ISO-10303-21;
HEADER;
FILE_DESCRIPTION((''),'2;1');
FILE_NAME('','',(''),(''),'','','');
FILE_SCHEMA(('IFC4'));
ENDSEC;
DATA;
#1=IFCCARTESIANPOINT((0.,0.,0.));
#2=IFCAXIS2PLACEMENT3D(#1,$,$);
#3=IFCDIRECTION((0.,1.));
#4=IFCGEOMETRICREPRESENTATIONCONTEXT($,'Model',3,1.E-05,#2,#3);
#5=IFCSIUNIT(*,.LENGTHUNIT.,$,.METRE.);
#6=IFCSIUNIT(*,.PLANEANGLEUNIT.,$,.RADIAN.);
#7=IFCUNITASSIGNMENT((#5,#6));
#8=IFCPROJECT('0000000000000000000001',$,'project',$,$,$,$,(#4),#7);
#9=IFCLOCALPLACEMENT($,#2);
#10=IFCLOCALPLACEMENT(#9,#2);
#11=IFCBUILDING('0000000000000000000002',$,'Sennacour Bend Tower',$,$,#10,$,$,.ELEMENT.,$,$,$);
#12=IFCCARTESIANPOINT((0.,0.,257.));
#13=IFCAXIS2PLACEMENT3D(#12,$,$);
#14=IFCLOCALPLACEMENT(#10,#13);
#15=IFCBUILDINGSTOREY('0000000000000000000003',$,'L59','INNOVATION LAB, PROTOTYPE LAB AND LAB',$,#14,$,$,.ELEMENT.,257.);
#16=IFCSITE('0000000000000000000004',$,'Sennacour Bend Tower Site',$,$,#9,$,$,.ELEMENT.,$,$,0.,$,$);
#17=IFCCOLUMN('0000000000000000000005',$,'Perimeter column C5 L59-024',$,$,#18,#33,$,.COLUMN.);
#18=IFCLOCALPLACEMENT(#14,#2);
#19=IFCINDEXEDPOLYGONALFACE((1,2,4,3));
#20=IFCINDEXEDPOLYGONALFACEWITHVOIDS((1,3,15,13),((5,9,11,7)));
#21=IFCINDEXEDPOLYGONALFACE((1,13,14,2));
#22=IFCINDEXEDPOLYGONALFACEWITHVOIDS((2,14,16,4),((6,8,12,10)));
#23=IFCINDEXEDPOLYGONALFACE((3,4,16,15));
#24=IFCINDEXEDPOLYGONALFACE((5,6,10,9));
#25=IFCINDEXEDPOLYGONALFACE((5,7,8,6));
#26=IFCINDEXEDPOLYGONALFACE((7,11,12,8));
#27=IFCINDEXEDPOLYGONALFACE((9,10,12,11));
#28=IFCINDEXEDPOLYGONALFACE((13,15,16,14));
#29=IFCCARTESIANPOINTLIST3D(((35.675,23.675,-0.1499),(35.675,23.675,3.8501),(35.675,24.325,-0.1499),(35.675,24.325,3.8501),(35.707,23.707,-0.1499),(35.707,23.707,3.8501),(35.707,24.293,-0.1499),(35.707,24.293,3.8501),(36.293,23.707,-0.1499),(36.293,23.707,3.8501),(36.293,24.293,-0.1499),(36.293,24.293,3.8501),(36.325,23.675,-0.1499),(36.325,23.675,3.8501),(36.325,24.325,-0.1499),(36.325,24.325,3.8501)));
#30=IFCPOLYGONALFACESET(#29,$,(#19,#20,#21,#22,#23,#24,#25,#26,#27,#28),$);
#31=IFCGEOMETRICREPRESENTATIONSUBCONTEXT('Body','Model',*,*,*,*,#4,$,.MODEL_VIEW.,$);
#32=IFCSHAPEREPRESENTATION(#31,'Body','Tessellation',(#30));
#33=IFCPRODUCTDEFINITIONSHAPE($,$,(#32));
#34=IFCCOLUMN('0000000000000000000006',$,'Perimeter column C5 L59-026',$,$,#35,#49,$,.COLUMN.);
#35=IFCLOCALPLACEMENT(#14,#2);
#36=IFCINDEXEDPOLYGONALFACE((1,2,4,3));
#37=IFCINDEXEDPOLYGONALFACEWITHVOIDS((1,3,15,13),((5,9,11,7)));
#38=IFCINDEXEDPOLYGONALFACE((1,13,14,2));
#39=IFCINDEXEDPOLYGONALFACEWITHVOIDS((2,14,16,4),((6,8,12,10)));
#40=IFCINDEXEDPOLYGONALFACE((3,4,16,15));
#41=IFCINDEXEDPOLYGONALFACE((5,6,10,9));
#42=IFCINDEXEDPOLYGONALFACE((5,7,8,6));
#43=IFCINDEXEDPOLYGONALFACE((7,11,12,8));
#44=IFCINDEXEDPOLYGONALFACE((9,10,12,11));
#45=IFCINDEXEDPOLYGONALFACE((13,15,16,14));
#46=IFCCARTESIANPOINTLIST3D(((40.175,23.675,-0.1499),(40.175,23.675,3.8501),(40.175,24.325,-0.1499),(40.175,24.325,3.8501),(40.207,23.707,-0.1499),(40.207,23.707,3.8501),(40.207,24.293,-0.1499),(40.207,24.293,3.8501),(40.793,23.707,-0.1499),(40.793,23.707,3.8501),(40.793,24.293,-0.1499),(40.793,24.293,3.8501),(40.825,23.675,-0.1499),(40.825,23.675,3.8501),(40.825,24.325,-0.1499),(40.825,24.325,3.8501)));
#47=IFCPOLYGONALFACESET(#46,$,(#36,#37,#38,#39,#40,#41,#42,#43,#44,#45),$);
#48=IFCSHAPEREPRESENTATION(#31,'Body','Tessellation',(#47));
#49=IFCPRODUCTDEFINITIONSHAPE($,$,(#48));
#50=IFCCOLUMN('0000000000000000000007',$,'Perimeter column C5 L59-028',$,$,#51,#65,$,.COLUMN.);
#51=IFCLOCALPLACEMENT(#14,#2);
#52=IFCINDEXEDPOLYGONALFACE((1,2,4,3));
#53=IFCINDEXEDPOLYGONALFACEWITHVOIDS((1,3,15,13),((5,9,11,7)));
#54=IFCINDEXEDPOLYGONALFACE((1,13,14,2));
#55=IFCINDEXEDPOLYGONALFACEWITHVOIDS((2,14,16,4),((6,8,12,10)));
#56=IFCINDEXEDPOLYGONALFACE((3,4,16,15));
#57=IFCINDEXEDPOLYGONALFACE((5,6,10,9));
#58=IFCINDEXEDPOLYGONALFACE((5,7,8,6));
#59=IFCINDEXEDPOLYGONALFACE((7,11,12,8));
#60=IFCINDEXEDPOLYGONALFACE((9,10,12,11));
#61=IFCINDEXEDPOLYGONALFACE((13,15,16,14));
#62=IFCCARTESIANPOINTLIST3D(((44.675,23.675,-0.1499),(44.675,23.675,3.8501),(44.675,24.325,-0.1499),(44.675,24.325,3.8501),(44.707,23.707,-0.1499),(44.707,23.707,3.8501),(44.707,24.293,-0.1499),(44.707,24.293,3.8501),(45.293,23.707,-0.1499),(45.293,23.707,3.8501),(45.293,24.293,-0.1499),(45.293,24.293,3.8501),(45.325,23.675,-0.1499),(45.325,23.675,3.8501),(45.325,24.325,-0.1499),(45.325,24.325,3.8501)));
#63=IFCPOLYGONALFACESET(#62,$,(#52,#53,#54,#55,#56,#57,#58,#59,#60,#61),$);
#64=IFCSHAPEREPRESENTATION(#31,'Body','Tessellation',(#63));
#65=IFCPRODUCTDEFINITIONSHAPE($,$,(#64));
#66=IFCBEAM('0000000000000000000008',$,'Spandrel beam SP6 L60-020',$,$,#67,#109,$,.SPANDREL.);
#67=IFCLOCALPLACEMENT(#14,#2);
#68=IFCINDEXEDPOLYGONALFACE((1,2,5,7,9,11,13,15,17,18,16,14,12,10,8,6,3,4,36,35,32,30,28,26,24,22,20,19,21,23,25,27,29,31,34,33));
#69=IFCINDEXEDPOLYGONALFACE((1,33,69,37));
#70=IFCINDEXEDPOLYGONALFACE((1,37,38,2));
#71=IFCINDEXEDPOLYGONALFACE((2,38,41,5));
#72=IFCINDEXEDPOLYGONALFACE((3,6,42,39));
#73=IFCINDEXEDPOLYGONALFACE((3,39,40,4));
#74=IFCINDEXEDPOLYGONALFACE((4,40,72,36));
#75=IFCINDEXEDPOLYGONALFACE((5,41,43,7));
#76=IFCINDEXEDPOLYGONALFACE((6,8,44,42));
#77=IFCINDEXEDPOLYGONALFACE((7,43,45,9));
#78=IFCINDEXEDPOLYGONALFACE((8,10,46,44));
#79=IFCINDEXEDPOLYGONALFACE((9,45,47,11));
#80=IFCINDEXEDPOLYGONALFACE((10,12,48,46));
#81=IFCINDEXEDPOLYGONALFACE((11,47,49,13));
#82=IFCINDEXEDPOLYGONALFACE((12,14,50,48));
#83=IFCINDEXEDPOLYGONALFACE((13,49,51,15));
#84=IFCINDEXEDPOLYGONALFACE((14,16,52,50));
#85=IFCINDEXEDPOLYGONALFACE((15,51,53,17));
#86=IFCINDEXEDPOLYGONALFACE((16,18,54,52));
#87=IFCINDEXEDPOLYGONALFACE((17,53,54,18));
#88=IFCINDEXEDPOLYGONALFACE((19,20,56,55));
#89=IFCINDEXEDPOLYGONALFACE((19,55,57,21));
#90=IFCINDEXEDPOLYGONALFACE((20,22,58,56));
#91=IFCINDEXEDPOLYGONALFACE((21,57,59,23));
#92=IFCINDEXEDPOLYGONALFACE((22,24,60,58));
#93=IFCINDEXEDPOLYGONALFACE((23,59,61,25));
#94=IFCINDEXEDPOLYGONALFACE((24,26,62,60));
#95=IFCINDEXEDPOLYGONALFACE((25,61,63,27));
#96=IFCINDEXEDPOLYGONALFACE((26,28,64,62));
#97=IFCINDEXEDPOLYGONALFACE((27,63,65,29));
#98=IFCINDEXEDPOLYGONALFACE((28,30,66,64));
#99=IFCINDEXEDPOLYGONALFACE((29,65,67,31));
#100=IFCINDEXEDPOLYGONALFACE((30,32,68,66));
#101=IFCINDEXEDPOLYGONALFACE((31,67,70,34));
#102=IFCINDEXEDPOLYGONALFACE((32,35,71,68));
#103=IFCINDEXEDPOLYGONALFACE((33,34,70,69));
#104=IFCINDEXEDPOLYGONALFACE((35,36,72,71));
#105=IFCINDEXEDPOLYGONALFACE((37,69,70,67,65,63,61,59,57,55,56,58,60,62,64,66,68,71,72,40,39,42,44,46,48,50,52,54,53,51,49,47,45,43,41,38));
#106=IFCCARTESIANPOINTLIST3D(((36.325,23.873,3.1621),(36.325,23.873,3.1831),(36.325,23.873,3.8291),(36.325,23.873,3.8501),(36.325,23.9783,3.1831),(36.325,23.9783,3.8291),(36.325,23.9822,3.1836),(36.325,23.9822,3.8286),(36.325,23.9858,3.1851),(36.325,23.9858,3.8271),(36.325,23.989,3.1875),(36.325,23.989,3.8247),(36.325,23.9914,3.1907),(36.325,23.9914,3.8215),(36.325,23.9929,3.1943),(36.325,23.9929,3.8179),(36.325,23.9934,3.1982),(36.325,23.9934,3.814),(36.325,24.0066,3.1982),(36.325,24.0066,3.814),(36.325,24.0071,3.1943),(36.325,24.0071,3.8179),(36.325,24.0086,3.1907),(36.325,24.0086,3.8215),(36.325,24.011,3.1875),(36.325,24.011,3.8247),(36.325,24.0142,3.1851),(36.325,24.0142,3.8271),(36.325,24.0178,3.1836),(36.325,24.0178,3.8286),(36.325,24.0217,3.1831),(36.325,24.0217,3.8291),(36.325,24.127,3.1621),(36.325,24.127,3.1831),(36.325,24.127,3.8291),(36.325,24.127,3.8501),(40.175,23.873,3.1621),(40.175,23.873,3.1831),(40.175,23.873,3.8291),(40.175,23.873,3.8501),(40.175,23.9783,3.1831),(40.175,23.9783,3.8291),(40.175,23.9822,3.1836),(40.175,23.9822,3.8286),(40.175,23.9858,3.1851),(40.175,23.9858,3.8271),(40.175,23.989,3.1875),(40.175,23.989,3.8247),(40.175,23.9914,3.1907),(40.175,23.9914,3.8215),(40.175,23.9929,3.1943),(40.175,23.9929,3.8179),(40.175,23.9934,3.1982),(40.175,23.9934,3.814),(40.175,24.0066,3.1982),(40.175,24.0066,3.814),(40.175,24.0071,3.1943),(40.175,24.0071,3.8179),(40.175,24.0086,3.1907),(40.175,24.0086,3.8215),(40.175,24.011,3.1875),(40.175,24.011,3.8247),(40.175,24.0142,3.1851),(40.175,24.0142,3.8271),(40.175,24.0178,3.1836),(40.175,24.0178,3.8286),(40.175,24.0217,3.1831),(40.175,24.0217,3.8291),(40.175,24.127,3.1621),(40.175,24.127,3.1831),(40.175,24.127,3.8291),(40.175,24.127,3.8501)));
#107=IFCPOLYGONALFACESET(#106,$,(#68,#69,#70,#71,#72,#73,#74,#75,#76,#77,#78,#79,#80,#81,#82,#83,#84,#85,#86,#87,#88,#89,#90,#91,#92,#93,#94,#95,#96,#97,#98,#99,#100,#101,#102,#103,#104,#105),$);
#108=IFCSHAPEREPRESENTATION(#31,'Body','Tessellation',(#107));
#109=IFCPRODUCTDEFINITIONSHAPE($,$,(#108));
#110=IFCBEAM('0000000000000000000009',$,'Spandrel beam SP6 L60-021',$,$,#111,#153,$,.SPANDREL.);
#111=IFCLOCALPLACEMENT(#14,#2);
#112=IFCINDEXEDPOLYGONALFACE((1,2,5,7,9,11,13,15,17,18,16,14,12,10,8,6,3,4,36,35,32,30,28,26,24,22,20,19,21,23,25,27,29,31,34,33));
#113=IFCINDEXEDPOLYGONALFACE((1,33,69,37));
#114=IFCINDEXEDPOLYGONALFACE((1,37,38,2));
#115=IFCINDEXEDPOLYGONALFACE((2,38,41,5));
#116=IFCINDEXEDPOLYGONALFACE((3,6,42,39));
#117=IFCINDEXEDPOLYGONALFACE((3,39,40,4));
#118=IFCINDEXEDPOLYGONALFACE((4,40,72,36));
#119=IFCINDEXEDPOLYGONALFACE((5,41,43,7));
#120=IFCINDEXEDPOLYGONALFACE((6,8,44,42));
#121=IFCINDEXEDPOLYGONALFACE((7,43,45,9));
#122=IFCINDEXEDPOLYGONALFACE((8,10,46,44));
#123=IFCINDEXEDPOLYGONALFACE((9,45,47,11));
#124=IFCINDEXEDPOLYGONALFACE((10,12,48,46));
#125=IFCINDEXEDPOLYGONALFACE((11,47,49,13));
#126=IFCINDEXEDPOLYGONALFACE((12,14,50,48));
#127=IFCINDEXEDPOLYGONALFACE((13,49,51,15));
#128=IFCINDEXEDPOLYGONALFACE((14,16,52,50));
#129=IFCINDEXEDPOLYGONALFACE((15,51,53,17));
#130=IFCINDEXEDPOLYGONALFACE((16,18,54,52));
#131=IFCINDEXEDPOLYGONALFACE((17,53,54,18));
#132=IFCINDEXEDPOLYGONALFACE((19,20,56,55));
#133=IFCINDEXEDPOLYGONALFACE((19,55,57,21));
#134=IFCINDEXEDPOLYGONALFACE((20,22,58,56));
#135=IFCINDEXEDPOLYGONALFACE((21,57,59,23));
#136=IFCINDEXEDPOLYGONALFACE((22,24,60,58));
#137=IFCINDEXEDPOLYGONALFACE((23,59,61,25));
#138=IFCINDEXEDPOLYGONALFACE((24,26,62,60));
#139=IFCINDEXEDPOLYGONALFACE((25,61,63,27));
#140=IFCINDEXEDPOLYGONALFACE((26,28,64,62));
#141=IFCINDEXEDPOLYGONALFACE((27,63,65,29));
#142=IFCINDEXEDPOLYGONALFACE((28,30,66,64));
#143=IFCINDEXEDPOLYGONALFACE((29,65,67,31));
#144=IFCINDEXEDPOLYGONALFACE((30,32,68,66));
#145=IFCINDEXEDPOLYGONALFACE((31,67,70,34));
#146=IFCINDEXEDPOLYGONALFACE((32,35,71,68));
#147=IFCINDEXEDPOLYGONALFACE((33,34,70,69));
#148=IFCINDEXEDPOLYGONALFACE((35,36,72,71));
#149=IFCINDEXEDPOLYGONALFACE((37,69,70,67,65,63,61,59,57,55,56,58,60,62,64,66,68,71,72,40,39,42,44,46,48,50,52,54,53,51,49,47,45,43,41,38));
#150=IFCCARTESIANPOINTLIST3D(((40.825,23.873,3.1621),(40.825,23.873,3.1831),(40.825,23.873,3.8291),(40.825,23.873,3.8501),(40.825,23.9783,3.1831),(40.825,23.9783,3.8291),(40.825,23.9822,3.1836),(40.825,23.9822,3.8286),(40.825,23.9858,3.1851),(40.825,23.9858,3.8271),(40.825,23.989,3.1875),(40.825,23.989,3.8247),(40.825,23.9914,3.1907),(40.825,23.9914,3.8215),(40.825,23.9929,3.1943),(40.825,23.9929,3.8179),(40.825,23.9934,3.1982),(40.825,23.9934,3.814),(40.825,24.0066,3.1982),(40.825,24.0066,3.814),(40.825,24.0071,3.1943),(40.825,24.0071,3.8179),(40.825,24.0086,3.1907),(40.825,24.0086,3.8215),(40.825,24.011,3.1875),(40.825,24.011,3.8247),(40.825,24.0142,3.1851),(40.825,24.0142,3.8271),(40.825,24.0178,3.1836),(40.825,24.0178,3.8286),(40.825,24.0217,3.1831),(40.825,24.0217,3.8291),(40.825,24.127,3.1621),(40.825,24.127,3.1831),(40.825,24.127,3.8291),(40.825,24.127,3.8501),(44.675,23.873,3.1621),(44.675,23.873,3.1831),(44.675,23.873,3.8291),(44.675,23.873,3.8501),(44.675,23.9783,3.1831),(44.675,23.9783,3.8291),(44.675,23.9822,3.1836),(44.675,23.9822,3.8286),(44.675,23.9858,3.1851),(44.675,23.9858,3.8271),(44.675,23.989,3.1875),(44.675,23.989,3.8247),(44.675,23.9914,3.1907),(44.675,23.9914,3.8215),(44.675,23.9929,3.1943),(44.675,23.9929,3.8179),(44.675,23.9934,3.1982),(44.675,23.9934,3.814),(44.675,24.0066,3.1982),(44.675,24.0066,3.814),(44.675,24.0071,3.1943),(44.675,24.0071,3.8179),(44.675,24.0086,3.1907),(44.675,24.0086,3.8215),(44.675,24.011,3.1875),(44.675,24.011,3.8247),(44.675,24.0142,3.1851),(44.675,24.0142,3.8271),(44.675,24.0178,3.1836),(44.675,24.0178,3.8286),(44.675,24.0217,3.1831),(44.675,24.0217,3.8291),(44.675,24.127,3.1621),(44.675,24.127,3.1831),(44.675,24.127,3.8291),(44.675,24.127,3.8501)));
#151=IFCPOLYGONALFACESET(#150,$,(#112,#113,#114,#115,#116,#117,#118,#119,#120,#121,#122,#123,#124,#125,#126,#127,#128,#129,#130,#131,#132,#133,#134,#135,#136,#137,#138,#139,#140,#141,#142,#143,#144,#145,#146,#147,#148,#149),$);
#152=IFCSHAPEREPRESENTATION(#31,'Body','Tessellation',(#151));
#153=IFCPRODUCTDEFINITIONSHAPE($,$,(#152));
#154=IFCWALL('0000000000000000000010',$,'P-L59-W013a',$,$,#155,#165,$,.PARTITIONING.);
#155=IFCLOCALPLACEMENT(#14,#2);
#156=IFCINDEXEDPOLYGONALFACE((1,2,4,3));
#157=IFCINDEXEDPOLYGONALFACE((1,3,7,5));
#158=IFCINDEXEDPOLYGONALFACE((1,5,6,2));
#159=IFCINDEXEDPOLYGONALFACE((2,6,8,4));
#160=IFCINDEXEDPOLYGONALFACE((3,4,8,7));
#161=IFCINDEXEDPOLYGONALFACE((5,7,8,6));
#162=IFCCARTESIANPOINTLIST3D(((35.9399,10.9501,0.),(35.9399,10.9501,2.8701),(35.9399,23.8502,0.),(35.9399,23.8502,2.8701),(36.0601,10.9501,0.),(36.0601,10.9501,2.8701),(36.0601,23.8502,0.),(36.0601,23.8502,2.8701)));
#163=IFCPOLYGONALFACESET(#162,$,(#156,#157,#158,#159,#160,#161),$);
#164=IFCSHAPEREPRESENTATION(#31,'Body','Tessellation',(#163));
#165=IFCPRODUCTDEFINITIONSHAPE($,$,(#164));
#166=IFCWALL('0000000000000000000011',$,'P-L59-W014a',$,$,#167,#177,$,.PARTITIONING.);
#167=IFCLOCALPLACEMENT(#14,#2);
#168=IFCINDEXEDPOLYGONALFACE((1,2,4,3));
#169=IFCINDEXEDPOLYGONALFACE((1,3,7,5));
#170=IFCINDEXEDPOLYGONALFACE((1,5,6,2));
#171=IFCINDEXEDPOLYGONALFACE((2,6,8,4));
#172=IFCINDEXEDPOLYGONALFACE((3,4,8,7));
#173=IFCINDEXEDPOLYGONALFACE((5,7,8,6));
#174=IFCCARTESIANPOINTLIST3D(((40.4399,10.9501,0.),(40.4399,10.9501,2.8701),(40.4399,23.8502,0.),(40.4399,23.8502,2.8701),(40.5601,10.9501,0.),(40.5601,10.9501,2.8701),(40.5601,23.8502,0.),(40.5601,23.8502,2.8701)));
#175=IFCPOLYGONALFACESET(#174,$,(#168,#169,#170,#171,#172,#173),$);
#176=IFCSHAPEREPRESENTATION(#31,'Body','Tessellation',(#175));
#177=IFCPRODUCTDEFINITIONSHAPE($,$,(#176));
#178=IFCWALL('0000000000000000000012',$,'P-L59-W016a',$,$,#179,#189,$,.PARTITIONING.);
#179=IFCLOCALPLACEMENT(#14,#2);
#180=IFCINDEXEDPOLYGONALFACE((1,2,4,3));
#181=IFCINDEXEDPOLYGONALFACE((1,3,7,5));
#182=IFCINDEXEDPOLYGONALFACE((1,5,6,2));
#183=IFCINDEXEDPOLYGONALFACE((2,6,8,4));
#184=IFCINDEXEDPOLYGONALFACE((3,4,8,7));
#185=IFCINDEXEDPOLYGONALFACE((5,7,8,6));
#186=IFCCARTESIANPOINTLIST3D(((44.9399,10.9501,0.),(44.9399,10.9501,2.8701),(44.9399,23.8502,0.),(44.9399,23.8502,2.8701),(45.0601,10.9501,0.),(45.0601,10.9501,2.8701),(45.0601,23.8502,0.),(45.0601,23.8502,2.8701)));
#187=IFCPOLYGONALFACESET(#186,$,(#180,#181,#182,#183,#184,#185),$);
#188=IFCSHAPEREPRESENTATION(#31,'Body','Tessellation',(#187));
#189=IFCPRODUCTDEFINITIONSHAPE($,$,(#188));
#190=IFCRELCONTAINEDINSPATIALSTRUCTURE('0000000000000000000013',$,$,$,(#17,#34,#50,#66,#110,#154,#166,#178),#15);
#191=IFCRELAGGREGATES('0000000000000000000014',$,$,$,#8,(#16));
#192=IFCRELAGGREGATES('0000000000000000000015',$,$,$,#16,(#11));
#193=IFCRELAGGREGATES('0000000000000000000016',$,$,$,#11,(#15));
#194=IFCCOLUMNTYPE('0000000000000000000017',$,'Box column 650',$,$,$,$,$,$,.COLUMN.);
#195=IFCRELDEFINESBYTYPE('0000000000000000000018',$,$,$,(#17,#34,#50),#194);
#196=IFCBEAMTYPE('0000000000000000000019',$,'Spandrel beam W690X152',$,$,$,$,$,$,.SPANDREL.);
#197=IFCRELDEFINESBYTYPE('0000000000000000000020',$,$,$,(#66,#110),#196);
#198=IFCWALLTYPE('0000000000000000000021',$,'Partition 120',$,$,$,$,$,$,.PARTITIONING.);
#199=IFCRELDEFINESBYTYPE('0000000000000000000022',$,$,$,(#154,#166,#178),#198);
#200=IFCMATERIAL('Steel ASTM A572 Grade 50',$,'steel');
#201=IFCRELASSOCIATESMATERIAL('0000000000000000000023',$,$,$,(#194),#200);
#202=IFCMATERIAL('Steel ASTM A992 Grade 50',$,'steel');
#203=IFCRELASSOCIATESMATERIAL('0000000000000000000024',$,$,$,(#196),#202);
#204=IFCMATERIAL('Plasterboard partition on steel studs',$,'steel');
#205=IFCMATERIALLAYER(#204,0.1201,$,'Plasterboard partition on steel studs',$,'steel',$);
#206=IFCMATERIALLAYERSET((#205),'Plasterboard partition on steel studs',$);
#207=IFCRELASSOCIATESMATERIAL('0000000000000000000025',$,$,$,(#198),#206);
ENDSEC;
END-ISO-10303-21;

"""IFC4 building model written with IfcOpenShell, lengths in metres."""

from ifc_helpers import new_model, si_unit, direction, frame, frame_2d, origin, origin_2d, place, context, subcontext, project, spatial, rectangle, hollow_rectangle, i_section, extrude, material, layer, layer_set, material_profile, profile_set, type_object, element, save


model = new_model("IFC4")

# Units and contexts
model_context = context("Model", 3, precision=1e-05, world=origin(), true_north=direction((0.0, 1.0)))
body_context = subcontext(model_context, "Body", "Model", "MODEL_VIEW")
ifc_project = project(units=[si_unit("LENGTHUNIT", "METRE"), si_unit("PLANEANGLEUNIT", "RADIAN")], contexts=[model_context])

# Site, building, storey
site_placement = place(None, origin())
site = spatial("IfcSite", under=ifc_project, at=site_placement, Name="Sennacour Bend Tower Site", CompositionType="ELEMENT", RefElevation=0.0)
building_placement = place(site_placement, origin())
building = spatial("IfcBuilding", under=site, at=building_placement, Name="Sennacour Bend Tower", CompositionType="ELEMENT")
storey_placement = place(building_placement, frame((0.0, 0.0, 257.0)))
storey = spatial("IfcBuildingStorey", under=building, at=storey_placement, Name="L59", Description="INNOVATION LAB, PROTOTYPE LAB AND LAB", CompositionType="ELEMENT", Elevation=257.0)

# Columns
ifc_material_1 = material(Name="Steel ASTM A572 Grade 50", Category="steel")
ifc_material_profile_1 = material_profile(ifc_material_1, hollow_rectangle(XDim=0.6499, YDim=0.6499, WallThickness=0.032, at=origin_2d()), Name="Steel ASTM A572 Grade 50", Category="steel")
ifc_profile_set_1 = profile_set([ifc_material_profile_1], Name="Steel ASTM A572 Grade 50")
column_type = type_object("IfcColumnType", Name="Box column 650", PredefinedType="COLUMN", material=ifc_profile_set_1)
for number, where, z_axis, x_axis, name in (
    (1, (36.0, 24.0, -0.1499), (0.0, 0.0, 1.0), (1.0, 0.0, 0.0), "Perimeter column C5 L59-024"),
    (2, (40.5, 24.0, -0.1499), (0.0, 0.0, 1.0), (1.0, 0.0, 0.0), "Perimeter column C5 L59-026"),
    (3, (45.0, 24.0, -0.1499), (0.0, 0.0, 1.0), (1.0, 0.0, 0.0), "Perimeter column C5 L59-028"),
):
    element("IfcColumn", number, at=place(storey_placement, frame(where, z_axis=z_axis, x_axis=x_axis)), inside=storey, type_object=column_type, Name=name, PredefinedType="COLUMN", context=body_context, shape_type="SweptSolid", body=[
        extrude(hollow_rectangle(XDim=0.6499, YDim=0.6499, WallThickness=0.032, at=origin_2d()), origin(), (0.0, 0.0, 1.0), 4.0),
    ])

# Beams
ifc_material_2 = material(Name="Steel ASTM A992 Grade 50", Category="steel")
ifc_material_profile_2 = material_profile(ifc_material_2, i_section(OverallWidth=0.2539, OverallDepth=0.688, WebThickness=0.0132, FlangeThickness=0.021, FilletRadius=0.0151, at=origin_2d()), Name="Steel ASTM A992 Grade 50", Category="steel")
ifc_profile_set_2 = profile_set([ifc_material_profile_2], Name="Steel ASTM A992 Grade 50")
beam_type = type_object("IfcBeamType", Name="Spandrel beam W690X152", PredefinedType="SPANDREL", material=ifc_profile_set_2)
for number, where, z_axis, x_axis, name in (
    (4, (36.325, 24.0, 3.5061), (1.0, 0.0, 0.0), (0.0, 1.0, 0.0), "Spandrel beam SP6 L60-020"),
    (5, (40.825, 24.0, 3.5061), (1.0, 0.0, 0.0), (0.0, 1.0, 0.0), "Spandrel beam SP6 L60-021"),
):
    element("IfcBeam", number, at=place(storey_placement, frame(where, z_axis=z_axis, x_axis=x_axis)), inside=storey, type_object=beam_type, Name=name, PredefinedType="SPANDREL", context=body_context, shape_type="SweptSolid", body=[
        extrude(i_section(OverallWidth=0.2539, OverallDepth=0.688, WebThickness=0.0132, FlangeThickness=0.021, FilletRadius=0.0151, at=origin_2d()), origin(), (0.0, 0.0, 1.0), 3.8501),
    ])

# Walls
ifc_material_3 = material(Name="Plasterboard partition on steel studs", Category="steel")
ifc_layer_1 = layer(ifc_material_3, 0.1201, Name="Plasterboard partition on steel studs", Category="steel")
ifc_layer_set_1 = layer_set([ifc_layer_1], Name="Plasterboard partition on steel studs")
wall_type_1 = type_object("IfcWallType", Name="Partition 120", PredefinedType="PARTITIONING", material=ifc_layer_set_1)
for number, where, z_axis, x_axis, name in (
    (6, (36.0, 10.95, 0.0), (0.0, 0.0, 1.0), (0.0, 1.0, 0.0), "P-L59-W013a"),
    (7, (40.5, 10.95, 0.0), (0.0, 0.0, 1.0), (0.0, 1.0, 0.0), "P-L59-W014a"),
    (8, (45.0, 10.95, 0.0), (0.0, 0.0, 1.0), (0.0, 1.0, 0.0), "P-L59-W016a"),
):
    element("IfcWall", number, at=place(storey_placement, frame(where, z_axis=z_axis, x_axis=x_axis)), inside=storey, type_object=wall_type_1, Name=name, PredefinedType="PARTITIONING", context=body_context, shape_type="SweptSolid", body=[
        extrude(rectangle(XDim=12.9001, YDim=0.1201, at=frame_2d((6.4502, 0.0))), origin(), (0.0, 0.0, 1.0), 2.8701),
    ])

save(model, "model.ifc")
